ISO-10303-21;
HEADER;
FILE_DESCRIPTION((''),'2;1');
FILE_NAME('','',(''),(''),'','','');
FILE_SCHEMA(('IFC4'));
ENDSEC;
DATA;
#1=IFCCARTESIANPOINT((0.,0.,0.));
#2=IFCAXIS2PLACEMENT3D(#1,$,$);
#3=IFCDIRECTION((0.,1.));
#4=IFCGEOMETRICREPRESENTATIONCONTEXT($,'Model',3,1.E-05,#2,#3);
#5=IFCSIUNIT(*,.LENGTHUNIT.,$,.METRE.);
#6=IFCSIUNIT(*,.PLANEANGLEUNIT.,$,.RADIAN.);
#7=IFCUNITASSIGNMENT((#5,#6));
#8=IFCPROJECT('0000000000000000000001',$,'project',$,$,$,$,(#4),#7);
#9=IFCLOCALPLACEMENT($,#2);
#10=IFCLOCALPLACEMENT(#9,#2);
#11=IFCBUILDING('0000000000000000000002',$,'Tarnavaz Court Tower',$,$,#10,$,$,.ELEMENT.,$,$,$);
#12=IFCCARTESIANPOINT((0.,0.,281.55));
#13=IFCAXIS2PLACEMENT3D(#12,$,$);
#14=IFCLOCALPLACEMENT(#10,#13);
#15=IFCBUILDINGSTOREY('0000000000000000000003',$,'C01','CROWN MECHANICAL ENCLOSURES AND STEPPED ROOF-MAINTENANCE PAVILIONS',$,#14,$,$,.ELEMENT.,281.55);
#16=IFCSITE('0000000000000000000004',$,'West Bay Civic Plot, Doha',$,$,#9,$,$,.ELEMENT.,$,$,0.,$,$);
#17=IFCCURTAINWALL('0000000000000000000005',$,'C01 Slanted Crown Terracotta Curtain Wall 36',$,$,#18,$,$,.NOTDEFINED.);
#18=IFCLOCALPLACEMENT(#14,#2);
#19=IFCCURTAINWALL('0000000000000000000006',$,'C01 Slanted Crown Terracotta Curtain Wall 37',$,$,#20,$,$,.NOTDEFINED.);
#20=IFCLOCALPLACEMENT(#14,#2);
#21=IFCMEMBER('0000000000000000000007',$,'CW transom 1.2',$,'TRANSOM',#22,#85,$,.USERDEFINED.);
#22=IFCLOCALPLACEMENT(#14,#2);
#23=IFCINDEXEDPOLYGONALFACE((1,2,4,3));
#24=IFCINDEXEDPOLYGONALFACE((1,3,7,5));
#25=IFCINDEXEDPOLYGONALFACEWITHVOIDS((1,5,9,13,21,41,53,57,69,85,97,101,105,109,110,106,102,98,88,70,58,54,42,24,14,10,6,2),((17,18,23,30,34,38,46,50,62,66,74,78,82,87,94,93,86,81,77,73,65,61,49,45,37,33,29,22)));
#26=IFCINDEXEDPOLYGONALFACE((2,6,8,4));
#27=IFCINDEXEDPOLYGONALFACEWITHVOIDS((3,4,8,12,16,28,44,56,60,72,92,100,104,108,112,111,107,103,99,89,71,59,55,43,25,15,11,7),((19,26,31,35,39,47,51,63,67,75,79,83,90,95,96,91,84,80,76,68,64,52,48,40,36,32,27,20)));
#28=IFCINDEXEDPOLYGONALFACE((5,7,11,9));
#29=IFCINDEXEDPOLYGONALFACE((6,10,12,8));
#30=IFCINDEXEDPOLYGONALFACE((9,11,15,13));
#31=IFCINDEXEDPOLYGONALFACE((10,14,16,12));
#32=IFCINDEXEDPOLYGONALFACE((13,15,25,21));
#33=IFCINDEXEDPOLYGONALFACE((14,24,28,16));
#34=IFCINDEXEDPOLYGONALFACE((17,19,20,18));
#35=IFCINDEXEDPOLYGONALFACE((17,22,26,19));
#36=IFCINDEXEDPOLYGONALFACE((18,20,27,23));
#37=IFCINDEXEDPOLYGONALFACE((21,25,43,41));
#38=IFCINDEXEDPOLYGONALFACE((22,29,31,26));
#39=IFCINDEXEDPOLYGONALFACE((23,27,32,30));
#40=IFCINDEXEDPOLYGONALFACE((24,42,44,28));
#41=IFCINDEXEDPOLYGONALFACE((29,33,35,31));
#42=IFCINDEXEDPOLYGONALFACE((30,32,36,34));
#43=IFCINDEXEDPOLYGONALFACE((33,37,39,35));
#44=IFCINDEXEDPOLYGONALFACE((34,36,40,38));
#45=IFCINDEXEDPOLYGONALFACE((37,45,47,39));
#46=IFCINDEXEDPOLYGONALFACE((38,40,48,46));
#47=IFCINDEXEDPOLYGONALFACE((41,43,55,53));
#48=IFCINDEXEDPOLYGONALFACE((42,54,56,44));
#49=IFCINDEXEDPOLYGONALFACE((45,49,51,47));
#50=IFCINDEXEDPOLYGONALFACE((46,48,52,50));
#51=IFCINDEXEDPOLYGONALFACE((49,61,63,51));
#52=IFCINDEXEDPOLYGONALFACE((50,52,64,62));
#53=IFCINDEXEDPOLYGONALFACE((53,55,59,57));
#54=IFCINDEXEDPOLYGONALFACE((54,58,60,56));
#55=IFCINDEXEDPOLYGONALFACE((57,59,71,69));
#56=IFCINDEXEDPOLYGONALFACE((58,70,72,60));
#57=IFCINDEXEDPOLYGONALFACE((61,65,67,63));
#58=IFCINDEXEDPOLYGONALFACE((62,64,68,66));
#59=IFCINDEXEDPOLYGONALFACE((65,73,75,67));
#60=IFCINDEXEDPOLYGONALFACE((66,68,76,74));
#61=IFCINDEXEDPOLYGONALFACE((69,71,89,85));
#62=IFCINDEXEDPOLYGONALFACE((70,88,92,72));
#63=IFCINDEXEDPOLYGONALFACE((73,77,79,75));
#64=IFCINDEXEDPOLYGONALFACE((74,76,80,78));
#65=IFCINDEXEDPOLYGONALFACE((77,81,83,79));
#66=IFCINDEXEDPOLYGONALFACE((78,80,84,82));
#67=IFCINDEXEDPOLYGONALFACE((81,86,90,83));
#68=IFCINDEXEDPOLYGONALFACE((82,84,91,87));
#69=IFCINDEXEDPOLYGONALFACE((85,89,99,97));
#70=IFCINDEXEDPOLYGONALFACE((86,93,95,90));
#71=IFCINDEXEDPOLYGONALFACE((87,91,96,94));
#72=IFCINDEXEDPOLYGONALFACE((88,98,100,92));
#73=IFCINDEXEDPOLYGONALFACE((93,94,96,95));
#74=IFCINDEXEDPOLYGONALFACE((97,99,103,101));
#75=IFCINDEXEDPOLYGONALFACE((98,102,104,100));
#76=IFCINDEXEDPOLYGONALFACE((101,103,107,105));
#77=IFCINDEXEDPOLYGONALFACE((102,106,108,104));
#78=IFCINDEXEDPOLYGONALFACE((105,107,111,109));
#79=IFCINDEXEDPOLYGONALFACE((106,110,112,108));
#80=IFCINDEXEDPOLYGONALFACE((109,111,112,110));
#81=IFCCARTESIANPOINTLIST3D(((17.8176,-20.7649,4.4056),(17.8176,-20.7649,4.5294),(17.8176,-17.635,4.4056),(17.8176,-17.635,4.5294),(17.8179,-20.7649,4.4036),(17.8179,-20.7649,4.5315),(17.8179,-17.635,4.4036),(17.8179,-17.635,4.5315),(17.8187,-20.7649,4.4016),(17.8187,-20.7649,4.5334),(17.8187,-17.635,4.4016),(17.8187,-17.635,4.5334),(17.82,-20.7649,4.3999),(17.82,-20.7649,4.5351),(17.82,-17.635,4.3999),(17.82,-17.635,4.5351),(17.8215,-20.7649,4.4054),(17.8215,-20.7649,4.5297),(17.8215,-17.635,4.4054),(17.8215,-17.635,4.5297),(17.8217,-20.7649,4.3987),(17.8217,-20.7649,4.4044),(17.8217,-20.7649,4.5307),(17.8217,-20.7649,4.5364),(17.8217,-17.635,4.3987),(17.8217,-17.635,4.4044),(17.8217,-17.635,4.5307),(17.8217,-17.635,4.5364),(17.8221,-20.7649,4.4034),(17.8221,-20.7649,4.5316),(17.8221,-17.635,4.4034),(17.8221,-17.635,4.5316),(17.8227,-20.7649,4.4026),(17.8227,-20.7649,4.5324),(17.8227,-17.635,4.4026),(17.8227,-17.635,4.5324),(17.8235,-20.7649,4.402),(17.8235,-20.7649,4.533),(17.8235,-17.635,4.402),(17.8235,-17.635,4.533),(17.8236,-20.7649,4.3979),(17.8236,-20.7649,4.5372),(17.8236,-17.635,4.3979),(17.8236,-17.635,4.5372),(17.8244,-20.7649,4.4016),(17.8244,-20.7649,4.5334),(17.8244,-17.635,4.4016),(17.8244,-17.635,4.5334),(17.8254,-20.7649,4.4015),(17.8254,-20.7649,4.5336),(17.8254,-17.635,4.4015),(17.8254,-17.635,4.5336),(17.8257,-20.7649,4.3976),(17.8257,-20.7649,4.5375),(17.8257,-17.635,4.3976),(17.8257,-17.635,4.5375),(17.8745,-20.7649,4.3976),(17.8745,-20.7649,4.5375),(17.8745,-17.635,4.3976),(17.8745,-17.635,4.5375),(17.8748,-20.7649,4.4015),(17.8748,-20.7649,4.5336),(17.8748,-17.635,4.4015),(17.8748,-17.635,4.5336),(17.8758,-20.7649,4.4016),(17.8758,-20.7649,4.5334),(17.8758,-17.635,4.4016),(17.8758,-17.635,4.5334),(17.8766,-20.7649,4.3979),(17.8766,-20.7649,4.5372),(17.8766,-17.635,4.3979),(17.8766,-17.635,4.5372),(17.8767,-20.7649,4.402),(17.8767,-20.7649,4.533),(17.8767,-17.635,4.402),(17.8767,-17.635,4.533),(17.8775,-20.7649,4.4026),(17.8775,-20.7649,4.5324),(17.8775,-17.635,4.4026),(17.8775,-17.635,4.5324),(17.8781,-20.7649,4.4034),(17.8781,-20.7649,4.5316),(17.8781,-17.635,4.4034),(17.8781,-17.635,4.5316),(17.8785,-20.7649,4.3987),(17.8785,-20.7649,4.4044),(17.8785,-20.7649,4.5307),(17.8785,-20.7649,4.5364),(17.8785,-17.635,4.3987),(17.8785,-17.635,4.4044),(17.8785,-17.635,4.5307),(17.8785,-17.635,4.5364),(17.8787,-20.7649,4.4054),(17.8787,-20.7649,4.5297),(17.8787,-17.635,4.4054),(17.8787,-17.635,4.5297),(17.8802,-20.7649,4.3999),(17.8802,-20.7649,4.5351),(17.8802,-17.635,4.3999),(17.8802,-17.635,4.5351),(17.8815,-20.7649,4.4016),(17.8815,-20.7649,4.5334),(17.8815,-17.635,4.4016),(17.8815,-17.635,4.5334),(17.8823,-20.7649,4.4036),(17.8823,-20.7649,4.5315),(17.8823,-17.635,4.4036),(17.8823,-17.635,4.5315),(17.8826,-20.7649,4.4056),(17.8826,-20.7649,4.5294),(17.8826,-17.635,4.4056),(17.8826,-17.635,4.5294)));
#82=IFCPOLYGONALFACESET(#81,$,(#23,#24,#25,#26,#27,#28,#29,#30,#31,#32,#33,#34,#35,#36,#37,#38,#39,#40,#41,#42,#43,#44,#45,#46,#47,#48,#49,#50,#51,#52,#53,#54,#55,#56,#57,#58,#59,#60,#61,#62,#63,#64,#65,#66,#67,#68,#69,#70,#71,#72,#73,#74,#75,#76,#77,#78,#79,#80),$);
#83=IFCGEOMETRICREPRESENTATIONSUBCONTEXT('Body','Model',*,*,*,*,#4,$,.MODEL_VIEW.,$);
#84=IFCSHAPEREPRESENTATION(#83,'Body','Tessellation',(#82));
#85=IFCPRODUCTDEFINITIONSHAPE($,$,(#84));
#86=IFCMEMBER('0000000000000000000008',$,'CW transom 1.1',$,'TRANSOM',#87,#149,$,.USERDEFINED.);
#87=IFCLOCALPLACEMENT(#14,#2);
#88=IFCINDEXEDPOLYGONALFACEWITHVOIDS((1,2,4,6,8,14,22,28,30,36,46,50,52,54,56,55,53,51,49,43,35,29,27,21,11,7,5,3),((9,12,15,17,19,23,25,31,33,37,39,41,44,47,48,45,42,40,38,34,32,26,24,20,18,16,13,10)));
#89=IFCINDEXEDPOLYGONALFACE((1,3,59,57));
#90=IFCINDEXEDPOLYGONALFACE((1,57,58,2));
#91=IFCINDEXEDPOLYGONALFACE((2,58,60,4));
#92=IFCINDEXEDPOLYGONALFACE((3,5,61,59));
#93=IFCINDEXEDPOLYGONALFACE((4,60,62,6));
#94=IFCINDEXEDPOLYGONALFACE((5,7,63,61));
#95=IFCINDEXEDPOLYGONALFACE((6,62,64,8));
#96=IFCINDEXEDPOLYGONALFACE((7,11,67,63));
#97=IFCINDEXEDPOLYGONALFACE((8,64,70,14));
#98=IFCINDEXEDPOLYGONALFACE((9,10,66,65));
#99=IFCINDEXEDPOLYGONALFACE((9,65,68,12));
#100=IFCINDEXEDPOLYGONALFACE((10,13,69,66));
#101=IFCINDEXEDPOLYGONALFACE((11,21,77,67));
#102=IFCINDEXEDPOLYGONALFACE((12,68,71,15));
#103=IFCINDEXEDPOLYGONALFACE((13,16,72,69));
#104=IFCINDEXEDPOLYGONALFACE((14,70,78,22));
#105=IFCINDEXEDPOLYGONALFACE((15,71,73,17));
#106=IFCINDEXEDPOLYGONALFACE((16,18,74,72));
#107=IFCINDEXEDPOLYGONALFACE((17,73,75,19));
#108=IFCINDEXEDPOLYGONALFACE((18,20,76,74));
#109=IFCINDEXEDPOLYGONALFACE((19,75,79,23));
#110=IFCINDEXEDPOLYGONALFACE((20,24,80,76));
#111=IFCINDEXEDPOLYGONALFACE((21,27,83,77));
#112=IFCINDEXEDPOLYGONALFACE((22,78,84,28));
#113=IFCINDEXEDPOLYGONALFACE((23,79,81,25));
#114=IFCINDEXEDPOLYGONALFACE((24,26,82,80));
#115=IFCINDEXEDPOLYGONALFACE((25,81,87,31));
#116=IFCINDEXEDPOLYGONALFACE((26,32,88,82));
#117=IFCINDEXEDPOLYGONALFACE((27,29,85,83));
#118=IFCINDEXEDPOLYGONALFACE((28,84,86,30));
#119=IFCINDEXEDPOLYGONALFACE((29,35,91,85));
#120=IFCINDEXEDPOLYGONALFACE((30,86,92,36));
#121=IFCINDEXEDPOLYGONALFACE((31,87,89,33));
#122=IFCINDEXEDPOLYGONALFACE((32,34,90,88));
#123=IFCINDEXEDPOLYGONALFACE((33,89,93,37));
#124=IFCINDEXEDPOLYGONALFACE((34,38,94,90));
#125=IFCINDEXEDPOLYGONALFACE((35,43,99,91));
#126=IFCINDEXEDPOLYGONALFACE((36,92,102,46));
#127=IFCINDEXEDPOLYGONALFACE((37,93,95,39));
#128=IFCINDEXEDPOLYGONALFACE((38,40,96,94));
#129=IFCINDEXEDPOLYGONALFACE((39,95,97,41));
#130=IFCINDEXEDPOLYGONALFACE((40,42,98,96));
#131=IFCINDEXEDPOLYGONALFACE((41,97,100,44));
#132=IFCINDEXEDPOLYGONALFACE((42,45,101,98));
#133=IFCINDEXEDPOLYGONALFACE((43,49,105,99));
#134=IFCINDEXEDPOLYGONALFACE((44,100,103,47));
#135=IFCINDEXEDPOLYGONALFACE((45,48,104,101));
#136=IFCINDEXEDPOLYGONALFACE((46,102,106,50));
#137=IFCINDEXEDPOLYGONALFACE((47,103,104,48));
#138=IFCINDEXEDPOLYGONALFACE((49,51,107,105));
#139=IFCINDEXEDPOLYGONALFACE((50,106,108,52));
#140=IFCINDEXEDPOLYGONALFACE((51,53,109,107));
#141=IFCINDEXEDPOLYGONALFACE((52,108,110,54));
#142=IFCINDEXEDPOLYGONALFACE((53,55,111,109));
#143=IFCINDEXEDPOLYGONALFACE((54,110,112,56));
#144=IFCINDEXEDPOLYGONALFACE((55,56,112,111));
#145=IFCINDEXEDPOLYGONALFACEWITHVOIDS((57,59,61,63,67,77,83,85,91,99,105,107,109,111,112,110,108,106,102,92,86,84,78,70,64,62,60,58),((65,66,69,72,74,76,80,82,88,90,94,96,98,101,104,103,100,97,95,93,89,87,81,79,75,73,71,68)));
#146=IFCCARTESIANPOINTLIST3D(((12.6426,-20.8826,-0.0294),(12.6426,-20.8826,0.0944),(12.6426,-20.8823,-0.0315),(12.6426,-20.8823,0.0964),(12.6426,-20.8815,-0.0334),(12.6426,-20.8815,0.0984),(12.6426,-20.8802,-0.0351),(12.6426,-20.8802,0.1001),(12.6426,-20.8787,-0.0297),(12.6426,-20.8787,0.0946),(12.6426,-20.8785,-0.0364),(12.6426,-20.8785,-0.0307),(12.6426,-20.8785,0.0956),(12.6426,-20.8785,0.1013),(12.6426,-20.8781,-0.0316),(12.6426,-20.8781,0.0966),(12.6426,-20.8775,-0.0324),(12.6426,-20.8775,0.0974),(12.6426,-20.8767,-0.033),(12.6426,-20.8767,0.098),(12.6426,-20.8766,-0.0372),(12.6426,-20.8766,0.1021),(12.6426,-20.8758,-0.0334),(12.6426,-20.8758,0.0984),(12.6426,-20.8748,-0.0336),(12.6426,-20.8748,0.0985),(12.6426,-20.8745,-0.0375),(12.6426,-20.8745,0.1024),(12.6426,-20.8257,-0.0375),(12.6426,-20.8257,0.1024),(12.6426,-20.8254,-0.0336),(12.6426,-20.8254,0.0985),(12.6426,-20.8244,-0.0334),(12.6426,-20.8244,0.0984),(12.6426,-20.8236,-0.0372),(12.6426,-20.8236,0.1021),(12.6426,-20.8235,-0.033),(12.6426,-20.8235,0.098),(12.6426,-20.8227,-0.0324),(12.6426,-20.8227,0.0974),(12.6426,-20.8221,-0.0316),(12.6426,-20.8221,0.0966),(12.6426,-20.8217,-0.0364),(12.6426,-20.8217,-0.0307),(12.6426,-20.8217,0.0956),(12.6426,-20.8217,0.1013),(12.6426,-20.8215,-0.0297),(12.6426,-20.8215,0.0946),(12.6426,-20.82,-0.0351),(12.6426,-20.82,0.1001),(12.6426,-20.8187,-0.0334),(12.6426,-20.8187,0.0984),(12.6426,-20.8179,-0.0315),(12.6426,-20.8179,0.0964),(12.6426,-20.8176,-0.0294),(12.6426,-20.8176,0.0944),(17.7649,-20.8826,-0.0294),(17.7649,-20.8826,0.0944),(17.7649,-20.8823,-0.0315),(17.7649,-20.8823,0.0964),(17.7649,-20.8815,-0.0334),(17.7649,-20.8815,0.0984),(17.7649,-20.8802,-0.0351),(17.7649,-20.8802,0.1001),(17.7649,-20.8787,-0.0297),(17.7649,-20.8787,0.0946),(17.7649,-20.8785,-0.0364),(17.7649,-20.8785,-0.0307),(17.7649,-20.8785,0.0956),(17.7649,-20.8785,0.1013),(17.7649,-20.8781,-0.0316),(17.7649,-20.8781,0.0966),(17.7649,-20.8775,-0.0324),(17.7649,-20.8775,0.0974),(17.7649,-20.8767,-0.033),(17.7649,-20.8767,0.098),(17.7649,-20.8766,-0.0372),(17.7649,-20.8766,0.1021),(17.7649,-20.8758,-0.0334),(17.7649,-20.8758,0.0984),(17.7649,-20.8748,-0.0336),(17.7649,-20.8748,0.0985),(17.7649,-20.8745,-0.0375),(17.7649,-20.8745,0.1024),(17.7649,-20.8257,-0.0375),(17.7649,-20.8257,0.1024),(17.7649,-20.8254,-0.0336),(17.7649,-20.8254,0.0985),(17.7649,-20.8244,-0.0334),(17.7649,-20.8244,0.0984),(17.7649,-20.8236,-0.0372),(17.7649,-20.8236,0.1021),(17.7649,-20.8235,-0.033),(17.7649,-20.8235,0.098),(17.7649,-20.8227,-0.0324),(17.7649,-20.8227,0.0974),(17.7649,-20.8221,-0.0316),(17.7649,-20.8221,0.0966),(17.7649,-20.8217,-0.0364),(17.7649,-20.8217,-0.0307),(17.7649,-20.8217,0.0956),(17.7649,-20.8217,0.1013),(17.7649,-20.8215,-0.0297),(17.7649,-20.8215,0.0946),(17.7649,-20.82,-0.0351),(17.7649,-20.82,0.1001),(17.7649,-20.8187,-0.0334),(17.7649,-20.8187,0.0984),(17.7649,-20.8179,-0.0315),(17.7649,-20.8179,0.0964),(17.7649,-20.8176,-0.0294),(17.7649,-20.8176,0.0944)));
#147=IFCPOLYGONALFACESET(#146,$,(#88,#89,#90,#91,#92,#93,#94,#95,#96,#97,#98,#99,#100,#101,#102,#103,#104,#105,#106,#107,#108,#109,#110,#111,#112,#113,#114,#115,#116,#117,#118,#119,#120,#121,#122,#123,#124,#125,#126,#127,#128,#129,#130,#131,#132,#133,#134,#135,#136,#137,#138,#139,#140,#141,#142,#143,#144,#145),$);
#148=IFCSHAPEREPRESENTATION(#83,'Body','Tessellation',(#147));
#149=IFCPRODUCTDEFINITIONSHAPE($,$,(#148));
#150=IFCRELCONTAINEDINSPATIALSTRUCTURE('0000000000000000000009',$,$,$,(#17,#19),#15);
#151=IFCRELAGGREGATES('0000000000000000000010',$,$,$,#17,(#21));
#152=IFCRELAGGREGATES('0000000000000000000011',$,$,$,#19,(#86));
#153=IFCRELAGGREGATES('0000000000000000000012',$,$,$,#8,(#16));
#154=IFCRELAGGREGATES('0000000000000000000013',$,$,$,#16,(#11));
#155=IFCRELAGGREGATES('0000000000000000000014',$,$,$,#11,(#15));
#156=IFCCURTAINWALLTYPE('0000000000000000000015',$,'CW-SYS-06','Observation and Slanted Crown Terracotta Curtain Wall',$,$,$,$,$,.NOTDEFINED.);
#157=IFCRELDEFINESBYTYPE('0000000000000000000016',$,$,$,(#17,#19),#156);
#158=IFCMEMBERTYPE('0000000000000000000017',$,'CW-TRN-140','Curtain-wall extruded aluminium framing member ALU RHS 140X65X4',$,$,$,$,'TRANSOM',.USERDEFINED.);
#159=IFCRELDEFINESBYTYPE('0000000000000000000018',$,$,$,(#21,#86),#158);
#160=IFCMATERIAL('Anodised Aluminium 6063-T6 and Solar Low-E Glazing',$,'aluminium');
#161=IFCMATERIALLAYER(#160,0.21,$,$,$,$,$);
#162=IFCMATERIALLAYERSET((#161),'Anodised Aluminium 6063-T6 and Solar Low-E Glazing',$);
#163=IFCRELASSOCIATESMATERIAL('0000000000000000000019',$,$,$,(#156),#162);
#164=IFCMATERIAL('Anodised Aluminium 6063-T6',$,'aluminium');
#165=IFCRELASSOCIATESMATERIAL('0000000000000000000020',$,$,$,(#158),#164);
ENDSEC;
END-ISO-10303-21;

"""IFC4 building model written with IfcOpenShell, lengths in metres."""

from ifc_helpers import new_model, si_unit, direction, frame, origin, origin_2d, place, context, subcontext, project, spatial, hollow_rectangle, extrude, material, layer, layer_set, material_profile, profile_set, type_object, element, aggregate, save


model = new_model("IFC4")

# Units and contexts
model_context = context("Model", 3, precision=1e-05, world=origin(), true_north=direction((0.0, 1.0)))
body_context = subcontext(model_context, "Body", "Model", "MODEL_VIEW")
ifc_project = project(units=[si_unit("LENGTHUNIT", "METRE"), si_unit("PLANEANGLEUNIT", "RADIAN")], contexts=[model_context])

# Site, building, storey
site_placement = place(None, origin())
site = spatial("IfcSite", under=ifc_project, at=site_placement, Name="West Bay Civic Plot, Doha", CompositionType="ELEMENT", RefElevation=0.0)
building_placement = place(site_placement, origin())
building = spatial("IfcBuilding", under=site, at=building_placement, Name="Tarnavaz Court Tower", CompositionType="ELEMENT")
storey_placement = place(building_placement, frame((0.0, 0.0, 281.55)))
storey = spatial("IfcBuildingStorey", under=building, at=storey_placement, Name="C01", Description="CROWN MECHANICAL ENCLOSURES AND STEPPED ROOF-MAINTENANCE PAVILIONS", CompositionType="ELEMENT", Elevation=281.55)

# Shared definitions
ifc_material_1 = material(Name="Anodised Aluminium 6063-T6 and Solar Low-E Glazing", Category="aluminium")
ifc_layer_1 = layer(ifc_material_1, 0.21)
ifc_layer_set_1 = layer_set([ifc_layer_1], Name="Anodised Aluminium 6063-T6 and Solar Low-E Glazing")
curtain_wall_type = type_object("IfcCurtainWallType", Name="CW-SYS-06", Description="Observation and Slanted Crown Terracotta Curtain Wall", PredefinedType="NOTDEFINED", material=ifc_layer_set_1)
ifc_material_2 = material(Name="Anodised Aluminium 6063-T6", Category="aluminium")

# Curtain walls
curtain_wall_1_placement = place(storey_placement, origin())
curtain_wall_1 = element("IfcCurtainWall", 1, at=curtain_wall_1_placement, inside=storey, type_object=curtain_wall_type, Name="C01 Slanted Crown Terracotta Curtain Wall 36", PredefinedType="NOTDEFINED")
curtain_wall_2_placement = place(storey_placement, origin())
curtain_wall_2 = element("IfcCurtainWall", 2, at=curtain_wall_2_placement, inside=storey, type_object=curtain_wall_type, Name="C01 Slanted Crown Terracotta Curtain Wall 37", PredefinedType="NOTDEFINED")

# Members
ifc_material_profile_1 = material_profile(ifc_material_2, hollow_rectangle(XDim=0.0649, YDim=0.1399, WallThickness=0.0039, InnerFilletRadius=0.0039, OuterFilletRadius=0.0081, at=origin_2d()), Name="ALU RHS 140X65X4")
ifc_profile_set_1 = profile_set([ifc_material_profile_1], Name="Anodised Aluminium 6063-T6")
member_type_1 = type_object("IfcMemberType", Name="CW-TRN-140", Description="Curtain-wall extruded aluminium framing member ALU RHS 140X65X4", ElementType="TRANSOM", PredefinedType="USERDEFINED", material=ifc_profile_set_1)
member_1_placement = place(storey_placement, frame((17.8501, -17.635, 4.4675), z_axis=(0.0, -1.0, 0.0), x_axis=(1.0, 0.0, 0.0)))
member_1 = element("IfcMember", 3, at=member_1_placement, type_object=member_type_1, Name="CW transom 1.2", ObjectType="TRANSOM", PredefinedType="USERDEFINED", context=body_context, shape_type="SweptSolid", body=[
    extrude(hollow_rectangle(XDim=0.0649, YDim=0.1399, WallThickness=0.0039, InnerFilletRadius=0.0039, OuterFilletRadius=0.0081, at=origin_2d()), origin(), (0.0, 0.0, 1.0), 3.1299),
])
member_2_placement = place(storey_placement, frame((17.7649, -20.8501, 0.0325), z_axis=(-1.0, 0.0, 0.0), x_axis=(0.0, -1.0, 0.0)))
member_2 = element("IfcMember", 4, at=member_2_placement, type_object=member_type_1, Name="CW transom 1.1", ObjectType="TRANSOM", PredefinedType="USERDEFINED", context=body_context, shape_type="SweptSolid", body=[
    extrude(hollow_rectangle(XDim=0.0649, YDim=0.1399, WallThickness=0.0039, InnerFilletRadius=0.0039, OuterFilletRadius=0.0081, at=origin_2d()), origin(), (0.0, 0.0, 1.0), 5.1223),
])

aggregate(curtain_wall_1, [member_1])
aggregate(curtain_wall_2, [member_2])

save(model, "model.ifc")
